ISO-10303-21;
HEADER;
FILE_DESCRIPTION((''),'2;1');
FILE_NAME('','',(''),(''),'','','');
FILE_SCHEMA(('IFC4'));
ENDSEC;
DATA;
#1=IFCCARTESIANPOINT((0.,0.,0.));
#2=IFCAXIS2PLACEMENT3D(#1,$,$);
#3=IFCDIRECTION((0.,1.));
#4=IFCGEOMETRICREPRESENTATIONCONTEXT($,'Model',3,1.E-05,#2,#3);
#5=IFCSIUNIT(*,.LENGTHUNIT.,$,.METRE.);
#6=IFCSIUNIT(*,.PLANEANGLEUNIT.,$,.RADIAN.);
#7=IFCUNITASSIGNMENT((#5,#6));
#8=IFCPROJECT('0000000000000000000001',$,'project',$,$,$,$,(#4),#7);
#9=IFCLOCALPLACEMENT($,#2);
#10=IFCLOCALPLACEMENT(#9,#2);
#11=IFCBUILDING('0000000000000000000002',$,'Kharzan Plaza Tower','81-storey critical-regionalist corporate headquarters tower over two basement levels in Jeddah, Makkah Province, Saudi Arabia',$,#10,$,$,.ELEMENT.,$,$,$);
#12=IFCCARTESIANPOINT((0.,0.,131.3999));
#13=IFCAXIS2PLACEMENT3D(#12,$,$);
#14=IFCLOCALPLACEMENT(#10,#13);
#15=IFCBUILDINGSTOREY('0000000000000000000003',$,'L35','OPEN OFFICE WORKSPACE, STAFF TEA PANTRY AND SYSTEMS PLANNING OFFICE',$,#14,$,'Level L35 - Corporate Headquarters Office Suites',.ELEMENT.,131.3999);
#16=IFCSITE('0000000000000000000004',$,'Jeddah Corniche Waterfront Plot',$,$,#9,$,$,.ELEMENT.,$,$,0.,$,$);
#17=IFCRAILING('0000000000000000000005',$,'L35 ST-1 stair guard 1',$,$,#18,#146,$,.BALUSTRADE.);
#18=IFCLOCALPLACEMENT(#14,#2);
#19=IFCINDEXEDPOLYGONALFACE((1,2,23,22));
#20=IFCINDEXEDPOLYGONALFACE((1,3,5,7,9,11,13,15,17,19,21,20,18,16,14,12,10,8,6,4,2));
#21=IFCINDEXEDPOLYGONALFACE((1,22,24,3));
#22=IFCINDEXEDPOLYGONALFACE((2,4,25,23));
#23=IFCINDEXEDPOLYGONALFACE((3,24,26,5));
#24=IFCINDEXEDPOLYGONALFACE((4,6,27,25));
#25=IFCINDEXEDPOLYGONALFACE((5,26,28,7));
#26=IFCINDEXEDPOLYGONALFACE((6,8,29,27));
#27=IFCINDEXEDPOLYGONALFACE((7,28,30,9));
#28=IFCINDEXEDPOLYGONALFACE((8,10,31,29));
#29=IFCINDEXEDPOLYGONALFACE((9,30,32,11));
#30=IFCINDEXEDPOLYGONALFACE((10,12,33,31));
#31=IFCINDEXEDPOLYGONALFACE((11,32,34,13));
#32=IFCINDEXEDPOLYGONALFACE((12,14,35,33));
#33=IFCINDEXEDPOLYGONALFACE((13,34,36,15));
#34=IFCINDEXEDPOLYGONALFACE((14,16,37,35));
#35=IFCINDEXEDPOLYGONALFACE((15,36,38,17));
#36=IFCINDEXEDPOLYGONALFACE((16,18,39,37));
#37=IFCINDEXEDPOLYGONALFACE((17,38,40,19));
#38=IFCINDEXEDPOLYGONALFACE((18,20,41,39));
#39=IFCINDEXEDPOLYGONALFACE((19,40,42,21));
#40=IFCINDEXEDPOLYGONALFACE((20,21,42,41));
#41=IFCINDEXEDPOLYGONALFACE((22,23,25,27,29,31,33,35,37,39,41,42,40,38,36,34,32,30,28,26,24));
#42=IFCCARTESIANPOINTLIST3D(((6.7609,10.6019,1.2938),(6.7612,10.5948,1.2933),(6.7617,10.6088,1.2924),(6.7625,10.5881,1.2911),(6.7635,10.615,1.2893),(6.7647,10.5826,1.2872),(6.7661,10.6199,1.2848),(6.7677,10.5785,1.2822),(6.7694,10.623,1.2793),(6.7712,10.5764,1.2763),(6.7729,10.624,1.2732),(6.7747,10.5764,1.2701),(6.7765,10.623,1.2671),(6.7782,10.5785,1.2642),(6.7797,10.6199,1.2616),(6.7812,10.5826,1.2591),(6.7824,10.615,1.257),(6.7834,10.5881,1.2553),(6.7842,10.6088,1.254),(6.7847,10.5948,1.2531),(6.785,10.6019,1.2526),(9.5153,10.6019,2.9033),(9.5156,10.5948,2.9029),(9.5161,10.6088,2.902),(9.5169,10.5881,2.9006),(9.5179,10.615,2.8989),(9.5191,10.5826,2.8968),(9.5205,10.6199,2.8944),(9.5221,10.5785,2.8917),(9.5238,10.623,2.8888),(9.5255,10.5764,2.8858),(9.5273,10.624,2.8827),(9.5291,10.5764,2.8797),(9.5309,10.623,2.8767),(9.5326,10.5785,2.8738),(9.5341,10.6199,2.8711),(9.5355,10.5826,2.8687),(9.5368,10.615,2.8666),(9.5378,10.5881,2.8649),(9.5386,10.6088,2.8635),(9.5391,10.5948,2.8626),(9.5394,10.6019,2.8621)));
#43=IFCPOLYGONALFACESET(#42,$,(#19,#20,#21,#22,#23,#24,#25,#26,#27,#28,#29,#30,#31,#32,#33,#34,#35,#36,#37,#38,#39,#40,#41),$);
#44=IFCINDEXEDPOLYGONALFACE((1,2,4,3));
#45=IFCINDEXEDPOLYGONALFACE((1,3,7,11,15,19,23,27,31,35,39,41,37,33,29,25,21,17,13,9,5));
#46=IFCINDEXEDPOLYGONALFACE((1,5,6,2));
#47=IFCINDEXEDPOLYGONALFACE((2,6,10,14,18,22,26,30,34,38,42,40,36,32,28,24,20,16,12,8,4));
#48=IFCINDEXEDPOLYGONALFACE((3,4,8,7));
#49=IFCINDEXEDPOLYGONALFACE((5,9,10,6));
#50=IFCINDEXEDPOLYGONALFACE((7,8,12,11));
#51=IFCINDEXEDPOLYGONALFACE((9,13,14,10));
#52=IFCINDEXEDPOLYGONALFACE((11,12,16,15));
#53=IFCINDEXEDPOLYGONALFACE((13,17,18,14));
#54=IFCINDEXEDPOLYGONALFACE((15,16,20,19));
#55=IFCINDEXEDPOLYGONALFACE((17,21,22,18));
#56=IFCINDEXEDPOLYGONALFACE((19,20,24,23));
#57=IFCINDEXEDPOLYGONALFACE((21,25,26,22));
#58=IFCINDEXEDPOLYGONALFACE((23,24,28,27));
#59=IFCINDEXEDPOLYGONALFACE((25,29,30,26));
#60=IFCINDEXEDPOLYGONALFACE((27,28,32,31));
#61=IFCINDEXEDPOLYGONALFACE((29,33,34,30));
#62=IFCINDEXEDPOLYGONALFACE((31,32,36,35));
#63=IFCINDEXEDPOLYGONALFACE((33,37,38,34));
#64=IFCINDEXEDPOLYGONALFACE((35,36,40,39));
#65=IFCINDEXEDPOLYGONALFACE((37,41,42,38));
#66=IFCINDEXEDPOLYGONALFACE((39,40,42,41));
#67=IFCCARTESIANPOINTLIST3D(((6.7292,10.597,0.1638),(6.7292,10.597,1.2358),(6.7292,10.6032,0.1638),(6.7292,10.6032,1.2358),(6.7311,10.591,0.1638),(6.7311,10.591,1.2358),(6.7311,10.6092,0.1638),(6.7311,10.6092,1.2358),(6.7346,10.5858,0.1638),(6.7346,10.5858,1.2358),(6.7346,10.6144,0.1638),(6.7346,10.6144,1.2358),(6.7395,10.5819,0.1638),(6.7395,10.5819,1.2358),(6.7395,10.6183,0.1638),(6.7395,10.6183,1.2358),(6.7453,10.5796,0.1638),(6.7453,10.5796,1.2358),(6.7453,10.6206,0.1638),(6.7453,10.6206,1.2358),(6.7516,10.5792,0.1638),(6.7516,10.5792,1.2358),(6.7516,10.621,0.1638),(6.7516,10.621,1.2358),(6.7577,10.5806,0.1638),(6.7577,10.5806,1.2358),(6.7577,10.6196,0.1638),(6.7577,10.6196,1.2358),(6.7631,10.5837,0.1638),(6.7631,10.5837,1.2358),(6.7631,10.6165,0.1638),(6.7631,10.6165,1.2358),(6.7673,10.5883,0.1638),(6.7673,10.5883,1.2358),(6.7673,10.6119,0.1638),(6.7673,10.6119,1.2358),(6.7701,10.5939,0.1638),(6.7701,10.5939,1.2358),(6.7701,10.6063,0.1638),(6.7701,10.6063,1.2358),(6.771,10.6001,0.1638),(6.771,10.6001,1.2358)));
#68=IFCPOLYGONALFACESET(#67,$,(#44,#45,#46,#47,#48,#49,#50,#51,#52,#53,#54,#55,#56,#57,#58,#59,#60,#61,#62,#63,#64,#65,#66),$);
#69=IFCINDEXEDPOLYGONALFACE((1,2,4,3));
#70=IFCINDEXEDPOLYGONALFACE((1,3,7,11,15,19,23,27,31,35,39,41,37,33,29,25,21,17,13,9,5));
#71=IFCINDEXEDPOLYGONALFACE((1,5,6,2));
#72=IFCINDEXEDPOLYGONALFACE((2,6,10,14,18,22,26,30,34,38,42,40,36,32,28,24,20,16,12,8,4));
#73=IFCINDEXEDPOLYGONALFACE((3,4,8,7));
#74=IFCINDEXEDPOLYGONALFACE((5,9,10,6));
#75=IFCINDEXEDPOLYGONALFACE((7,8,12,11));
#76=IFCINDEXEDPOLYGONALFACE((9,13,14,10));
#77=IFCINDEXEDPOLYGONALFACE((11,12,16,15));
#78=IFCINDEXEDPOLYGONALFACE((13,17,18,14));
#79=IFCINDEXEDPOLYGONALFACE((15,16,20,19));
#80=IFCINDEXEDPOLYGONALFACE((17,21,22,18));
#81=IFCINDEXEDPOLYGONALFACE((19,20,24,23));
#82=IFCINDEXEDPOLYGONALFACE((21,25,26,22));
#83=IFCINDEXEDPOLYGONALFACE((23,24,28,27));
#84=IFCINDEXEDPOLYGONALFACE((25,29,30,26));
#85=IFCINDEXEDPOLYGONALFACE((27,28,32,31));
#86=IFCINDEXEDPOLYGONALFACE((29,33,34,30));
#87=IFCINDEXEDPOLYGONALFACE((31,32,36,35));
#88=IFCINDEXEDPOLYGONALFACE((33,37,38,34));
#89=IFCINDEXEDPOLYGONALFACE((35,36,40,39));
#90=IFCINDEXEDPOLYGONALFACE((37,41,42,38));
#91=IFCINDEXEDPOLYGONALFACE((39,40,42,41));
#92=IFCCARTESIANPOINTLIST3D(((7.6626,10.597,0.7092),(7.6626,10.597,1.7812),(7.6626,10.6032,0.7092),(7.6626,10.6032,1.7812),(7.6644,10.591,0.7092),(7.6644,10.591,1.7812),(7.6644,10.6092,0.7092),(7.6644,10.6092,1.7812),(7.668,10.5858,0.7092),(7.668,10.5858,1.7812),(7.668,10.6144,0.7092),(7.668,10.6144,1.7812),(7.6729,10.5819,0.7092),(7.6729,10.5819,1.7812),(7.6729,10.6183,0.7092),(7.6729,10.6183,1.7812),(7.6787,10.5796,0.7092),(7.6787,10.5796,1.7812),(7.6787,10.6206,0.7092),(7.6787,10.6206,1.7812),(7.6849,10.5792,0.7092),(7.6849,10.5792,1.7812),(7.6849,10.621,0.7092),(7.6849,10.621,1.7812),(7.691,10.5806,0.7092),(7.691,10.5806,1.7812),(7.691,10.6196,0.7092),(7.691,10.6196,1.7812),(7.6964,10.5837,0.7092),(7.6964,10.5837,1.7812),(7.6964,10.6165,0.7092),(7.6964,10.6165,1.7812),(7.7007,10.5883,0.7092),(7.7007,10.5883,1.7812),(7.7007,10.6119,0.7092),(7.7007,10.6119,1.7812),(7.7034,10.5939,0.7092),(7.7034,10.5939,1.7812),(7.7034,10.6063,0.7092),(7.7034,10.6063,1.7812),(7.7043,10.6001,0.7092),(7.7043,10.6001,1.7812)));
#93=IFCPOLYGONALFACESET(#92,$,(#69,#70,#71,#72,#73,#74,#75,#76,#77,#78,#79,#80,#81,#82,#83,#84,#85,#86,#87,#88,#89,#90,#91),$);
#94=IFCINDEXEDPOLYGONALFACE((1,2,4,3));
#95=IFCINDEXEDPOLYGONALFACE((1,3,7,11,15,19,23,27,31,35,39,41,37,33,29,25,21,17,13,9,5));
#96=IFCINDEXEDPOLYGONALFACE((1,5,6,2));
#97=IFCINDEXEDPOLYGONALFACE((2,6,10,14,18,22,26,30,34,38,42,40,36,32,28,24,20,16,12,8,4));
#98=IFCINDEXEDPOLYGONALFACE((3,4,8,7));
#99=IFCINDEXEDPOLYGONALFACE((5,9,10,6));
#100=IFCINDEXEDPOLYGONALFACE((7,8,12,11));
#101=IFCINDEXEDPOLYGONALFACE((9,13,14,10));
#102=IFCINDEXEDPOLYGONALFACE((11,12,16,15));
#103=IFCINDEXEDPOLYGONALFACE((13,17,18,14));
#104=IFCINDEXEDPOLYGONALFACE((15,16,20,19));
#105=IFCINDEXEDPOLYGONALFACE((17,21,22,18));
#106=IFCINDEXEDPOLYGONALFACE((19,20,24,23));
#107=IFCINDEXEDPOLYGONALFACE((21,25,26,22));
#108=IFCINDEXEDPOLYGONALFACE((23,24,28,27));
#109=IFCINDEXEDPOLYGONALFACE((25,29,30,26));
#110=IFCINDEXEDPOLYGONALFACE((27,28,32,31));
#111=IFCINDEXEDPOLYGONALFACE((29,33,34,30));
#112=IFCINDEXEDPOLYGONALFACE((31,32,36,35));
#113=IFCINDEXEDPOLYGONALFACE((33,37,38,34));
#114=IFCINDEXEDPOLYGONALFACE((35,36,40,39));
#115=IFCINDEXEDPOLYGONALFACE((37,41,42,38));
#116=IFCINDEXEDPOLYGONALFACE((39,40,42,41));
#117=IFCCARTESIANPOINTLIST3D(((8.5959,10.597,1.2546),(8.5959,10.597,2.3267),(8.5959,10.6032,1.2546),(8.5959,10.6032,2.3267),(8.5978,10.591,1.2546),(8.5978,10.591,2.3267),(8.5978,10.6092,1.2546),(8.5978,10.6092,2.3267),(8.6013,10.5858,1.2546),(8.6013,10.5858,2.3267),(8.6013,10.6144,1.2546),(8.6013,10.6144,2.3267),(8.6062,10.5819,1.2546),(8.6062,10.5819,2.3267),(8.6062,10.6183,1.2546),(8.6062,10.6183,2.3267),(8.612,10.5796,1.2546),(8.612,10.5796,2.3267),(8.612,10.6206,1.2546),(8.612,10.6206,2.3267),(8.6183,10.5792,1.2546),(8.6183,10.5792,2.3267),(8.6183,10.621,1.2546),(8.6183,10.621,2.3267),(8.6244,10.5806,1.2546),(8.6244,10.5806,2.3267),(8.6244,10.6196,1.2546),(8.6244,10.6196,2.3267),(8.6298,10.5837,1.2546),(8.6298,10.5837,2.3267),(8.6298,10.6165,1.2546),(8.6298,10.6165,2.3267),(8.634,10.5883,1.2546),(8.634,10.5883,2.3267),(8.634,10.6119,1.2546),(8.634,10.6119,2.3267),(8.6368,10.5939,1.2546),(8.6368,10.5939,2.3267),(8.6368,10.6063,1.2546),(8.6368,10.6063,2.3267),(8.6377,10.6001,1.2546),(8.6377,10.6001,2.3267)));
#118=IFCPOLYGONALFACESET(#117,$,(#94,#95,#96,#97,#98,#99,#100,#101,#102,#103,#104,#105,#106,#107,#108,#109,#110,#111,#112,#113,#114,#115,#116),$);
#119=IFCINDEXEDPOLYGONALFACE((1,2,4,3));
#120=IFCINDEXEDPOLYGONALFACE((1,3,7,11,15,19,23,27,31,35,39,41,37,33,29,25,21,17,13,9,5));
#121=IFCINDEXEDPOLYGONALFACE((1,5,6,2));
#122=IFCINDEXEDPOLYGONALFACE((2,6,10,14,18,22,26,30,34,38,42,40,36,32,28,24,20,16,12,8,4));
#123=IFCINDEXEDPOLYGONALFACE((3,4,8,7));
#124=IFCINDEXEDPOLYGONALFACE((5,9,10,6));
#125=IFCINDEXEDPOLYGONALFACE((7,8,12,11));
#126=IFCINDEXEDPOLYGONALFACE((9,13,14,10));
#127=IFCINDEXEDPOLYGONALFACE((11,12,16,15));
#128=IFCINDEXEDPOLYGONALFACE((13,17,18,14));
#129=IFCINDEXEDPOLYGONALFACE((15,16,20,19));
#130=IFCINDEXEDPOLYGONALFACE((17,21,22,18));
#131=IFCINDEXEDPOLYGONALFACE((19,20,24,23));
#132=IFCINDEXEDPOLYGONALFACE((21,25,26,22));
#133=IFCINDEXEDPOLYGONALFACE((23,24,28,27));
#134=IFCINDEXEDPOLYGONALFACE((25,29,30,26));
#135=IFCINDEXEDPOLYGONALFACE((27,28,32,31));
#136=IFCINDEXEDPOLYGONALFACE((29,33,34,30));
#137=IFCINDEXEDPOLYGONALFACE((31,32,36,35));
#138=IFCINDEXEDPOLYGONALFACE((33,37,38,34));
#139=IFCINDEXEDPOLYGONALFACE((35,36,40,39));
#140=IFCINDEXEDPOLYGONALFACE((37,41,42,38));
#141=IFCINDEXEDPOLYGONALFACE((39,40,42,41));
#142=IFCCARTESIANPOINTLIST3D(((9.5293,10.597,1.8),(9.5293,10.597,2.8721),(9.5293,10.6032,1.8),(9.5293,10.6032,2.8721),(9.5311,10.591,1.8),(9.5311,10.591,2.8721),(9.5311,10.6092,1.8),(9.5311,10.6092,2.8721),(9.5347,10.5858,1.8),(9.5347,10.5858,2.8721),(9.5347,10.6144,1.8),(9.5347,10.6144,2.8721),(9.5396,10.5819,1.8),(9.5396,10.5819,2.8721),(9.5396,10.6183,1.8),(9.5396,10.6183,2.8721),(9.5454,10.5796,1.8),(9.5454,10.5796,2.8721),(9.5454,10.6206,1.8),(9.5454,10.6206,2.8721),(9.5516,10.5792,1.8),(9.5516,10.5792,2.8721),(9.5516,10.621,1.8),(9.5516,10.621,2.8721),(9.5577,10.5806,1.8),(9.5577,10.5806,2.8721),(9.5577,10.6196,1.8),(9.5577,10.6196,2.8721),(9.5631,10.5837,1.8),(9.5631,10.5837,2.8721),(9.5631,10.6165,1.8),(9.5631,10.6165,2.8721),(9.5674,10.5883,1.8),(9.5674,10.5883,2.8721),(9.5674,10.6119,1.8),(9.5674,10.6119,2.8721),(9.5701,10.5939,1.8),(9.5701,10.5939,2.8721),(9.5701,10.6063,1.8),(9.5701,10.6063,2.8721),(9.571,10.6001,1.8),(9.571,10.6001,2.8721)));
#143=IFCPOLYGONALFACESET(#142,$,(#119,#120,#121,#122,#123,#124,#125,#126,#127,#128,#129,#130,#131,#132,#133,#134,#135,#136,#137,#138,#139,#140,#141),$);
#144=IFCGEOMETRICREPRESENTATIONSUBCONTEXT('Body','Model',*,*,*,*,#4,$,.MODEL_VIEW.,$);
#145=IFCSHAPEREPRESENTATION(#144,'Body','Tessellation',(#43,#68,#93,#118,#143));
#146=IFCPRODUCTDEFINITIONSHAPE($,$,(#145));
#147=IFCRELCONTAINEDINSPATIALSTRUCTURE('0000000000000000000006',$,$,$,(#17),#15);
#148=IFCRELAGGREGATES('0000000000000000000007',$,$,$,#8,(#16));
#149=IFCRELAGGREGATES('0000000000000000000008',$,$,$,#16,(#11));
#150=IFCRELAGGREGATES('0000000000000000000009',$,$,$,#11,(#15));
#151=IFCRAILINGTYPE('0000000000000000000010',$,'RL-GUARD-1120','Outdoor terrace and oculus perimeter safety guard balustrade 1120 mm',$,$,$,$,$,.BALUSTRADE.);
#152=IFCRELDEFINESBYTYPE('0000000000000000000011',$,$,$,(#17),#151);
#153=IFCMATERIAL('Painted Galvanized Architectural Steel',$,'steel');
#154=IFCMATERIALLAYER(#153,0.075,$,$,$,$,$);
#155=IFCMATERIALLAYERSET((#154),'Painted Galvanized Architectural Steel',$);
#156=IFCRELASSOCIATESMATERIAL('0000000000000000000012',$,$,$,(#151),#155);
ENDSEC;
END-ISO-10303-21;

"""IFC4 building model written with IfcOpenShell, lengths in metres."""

from ifc_helpers import new_model, si_unit, direction, frame, origin, origin_2d, place, context, subcontext, project, spatial, circle, extrude, source, transform, mapped, material, layer, layer_set, type_object, element, save


model = new_model("IFC4")

# Units and contexts
model_context = context("Model", 3, precision=1e-05, world=origin(), true_north=direction((0.0, 1.0)))
body_context = subcontext(model_context, "Body", "Model", "MODEL_VIEW")
ifc_project = project(units=[si_unit("LENGTHUNIT", "METRE"), si_unit("PLANEANGLEUNIT", "RADIAN")], contexts=[model_context])

# Site, building, storey
site_placement = place(None, origin())
site = spatial("IfcSite", under=ifc_project, at=site_placement, Name="Jeddah Corniche Waterfront Plot", CompositionType="ELEMENT", RefElevation=0.0)
building_placement = place(site_placement, origin())
building = spatial("IfcBuilding", under=site, at=building_placement, Name="Kharzan Plaza Tower", Description="81-storey critical-regionalist corporate headquarters tower over two basement levels in Jeddah, Makkah Province, Saudi Arabia", CompositionType="ELEMENT")
storey_placement = place(building_placement, frame((0.0, 0.0, 131.3999)))
storey = spatial("IfcBuildingStorey", under=building, at=storey_placement, Name="L35", Description="OPEN OFFICE WORKSPACE, STAFF TEA PANTRY AND SYSTEMS PLANNING OFFICE", LongName="Level L35 - Corporate Headquarters Office Suites", CompositionType="ELEMENT", Elevation=131.3999)

# Railing
ifc_material_1 = material(Name="Painted Galvanized Architectural Steel", Category="steel")
ifc_layer_1 = layer(ifc_material_1, 0.075)
ifc_layer_set_1 = layer_set([ifc_layer_1], Name="Painted Galvanized Architectural Steel")
railing_type_1 = type_object("IfcRailingType", Name="RL-GUARD-1120", Description="Outdoor terrace and oculus perimeter safety guard balustrade 1120 mm", PredefinedType="BALUSTRADE", material=ifc_layer_set_1)
shared_shape_1 = source(origin(), body_context, "Body", "SweptSolid", [
    extrude(circle(Radius=0.0239, at=origin_2d()), frame((0.0229, 0.0, 1.1094), z_axis=(0.863394, 0.0, 0.504531), x_axis=(0.0, 1.0, 0.0)), (0.0, 0.0, 1.0), 3.1902),
    extrude(circle(Radius=0.021, at=origin_2d()), origin(), (0.0, 0.0, 1.0), 1.072),
    extrude(circle(Radius=0.021, at=origin_2d()), frame((0.9333, 0.0, 0.5454)), (0.0, 0.0, 1.0), 1.072),
    extrude(circle(Radius=0.021, at=origin_2d()), frame((1.8667, 0.0, 1.0908)), (0.0, 0.0, 1.0), 1.072),
    extrude(circle(Radius=0.021, at=origin_2d()), frame((2.8, 0.0, 1.6362)), (0.0, 0.0, 1.0), 1.072),
])
railing_1_placement = place(storey_placement, frame((6.75, 10.6001, 0.1638)))
element("IfcRailing", 1, at=railing_1_placement, inside=storey, type_object=railing_type_1, Name="L35 ST-1 stair guard 1", PredefinedType="BALUSTRADE", context=body_context, shape_type="MappedRepresentation", body=[
    mapped(shared_shape_1, transform((0.0, 0.0, 0.0), x_axis=(1.0, 0.0, 0.0), y_axis=(0.0, 1.0, 0.0), z_axis=(0.0, 0.0, 1.0))),
])

save(model, "model.ifc")
